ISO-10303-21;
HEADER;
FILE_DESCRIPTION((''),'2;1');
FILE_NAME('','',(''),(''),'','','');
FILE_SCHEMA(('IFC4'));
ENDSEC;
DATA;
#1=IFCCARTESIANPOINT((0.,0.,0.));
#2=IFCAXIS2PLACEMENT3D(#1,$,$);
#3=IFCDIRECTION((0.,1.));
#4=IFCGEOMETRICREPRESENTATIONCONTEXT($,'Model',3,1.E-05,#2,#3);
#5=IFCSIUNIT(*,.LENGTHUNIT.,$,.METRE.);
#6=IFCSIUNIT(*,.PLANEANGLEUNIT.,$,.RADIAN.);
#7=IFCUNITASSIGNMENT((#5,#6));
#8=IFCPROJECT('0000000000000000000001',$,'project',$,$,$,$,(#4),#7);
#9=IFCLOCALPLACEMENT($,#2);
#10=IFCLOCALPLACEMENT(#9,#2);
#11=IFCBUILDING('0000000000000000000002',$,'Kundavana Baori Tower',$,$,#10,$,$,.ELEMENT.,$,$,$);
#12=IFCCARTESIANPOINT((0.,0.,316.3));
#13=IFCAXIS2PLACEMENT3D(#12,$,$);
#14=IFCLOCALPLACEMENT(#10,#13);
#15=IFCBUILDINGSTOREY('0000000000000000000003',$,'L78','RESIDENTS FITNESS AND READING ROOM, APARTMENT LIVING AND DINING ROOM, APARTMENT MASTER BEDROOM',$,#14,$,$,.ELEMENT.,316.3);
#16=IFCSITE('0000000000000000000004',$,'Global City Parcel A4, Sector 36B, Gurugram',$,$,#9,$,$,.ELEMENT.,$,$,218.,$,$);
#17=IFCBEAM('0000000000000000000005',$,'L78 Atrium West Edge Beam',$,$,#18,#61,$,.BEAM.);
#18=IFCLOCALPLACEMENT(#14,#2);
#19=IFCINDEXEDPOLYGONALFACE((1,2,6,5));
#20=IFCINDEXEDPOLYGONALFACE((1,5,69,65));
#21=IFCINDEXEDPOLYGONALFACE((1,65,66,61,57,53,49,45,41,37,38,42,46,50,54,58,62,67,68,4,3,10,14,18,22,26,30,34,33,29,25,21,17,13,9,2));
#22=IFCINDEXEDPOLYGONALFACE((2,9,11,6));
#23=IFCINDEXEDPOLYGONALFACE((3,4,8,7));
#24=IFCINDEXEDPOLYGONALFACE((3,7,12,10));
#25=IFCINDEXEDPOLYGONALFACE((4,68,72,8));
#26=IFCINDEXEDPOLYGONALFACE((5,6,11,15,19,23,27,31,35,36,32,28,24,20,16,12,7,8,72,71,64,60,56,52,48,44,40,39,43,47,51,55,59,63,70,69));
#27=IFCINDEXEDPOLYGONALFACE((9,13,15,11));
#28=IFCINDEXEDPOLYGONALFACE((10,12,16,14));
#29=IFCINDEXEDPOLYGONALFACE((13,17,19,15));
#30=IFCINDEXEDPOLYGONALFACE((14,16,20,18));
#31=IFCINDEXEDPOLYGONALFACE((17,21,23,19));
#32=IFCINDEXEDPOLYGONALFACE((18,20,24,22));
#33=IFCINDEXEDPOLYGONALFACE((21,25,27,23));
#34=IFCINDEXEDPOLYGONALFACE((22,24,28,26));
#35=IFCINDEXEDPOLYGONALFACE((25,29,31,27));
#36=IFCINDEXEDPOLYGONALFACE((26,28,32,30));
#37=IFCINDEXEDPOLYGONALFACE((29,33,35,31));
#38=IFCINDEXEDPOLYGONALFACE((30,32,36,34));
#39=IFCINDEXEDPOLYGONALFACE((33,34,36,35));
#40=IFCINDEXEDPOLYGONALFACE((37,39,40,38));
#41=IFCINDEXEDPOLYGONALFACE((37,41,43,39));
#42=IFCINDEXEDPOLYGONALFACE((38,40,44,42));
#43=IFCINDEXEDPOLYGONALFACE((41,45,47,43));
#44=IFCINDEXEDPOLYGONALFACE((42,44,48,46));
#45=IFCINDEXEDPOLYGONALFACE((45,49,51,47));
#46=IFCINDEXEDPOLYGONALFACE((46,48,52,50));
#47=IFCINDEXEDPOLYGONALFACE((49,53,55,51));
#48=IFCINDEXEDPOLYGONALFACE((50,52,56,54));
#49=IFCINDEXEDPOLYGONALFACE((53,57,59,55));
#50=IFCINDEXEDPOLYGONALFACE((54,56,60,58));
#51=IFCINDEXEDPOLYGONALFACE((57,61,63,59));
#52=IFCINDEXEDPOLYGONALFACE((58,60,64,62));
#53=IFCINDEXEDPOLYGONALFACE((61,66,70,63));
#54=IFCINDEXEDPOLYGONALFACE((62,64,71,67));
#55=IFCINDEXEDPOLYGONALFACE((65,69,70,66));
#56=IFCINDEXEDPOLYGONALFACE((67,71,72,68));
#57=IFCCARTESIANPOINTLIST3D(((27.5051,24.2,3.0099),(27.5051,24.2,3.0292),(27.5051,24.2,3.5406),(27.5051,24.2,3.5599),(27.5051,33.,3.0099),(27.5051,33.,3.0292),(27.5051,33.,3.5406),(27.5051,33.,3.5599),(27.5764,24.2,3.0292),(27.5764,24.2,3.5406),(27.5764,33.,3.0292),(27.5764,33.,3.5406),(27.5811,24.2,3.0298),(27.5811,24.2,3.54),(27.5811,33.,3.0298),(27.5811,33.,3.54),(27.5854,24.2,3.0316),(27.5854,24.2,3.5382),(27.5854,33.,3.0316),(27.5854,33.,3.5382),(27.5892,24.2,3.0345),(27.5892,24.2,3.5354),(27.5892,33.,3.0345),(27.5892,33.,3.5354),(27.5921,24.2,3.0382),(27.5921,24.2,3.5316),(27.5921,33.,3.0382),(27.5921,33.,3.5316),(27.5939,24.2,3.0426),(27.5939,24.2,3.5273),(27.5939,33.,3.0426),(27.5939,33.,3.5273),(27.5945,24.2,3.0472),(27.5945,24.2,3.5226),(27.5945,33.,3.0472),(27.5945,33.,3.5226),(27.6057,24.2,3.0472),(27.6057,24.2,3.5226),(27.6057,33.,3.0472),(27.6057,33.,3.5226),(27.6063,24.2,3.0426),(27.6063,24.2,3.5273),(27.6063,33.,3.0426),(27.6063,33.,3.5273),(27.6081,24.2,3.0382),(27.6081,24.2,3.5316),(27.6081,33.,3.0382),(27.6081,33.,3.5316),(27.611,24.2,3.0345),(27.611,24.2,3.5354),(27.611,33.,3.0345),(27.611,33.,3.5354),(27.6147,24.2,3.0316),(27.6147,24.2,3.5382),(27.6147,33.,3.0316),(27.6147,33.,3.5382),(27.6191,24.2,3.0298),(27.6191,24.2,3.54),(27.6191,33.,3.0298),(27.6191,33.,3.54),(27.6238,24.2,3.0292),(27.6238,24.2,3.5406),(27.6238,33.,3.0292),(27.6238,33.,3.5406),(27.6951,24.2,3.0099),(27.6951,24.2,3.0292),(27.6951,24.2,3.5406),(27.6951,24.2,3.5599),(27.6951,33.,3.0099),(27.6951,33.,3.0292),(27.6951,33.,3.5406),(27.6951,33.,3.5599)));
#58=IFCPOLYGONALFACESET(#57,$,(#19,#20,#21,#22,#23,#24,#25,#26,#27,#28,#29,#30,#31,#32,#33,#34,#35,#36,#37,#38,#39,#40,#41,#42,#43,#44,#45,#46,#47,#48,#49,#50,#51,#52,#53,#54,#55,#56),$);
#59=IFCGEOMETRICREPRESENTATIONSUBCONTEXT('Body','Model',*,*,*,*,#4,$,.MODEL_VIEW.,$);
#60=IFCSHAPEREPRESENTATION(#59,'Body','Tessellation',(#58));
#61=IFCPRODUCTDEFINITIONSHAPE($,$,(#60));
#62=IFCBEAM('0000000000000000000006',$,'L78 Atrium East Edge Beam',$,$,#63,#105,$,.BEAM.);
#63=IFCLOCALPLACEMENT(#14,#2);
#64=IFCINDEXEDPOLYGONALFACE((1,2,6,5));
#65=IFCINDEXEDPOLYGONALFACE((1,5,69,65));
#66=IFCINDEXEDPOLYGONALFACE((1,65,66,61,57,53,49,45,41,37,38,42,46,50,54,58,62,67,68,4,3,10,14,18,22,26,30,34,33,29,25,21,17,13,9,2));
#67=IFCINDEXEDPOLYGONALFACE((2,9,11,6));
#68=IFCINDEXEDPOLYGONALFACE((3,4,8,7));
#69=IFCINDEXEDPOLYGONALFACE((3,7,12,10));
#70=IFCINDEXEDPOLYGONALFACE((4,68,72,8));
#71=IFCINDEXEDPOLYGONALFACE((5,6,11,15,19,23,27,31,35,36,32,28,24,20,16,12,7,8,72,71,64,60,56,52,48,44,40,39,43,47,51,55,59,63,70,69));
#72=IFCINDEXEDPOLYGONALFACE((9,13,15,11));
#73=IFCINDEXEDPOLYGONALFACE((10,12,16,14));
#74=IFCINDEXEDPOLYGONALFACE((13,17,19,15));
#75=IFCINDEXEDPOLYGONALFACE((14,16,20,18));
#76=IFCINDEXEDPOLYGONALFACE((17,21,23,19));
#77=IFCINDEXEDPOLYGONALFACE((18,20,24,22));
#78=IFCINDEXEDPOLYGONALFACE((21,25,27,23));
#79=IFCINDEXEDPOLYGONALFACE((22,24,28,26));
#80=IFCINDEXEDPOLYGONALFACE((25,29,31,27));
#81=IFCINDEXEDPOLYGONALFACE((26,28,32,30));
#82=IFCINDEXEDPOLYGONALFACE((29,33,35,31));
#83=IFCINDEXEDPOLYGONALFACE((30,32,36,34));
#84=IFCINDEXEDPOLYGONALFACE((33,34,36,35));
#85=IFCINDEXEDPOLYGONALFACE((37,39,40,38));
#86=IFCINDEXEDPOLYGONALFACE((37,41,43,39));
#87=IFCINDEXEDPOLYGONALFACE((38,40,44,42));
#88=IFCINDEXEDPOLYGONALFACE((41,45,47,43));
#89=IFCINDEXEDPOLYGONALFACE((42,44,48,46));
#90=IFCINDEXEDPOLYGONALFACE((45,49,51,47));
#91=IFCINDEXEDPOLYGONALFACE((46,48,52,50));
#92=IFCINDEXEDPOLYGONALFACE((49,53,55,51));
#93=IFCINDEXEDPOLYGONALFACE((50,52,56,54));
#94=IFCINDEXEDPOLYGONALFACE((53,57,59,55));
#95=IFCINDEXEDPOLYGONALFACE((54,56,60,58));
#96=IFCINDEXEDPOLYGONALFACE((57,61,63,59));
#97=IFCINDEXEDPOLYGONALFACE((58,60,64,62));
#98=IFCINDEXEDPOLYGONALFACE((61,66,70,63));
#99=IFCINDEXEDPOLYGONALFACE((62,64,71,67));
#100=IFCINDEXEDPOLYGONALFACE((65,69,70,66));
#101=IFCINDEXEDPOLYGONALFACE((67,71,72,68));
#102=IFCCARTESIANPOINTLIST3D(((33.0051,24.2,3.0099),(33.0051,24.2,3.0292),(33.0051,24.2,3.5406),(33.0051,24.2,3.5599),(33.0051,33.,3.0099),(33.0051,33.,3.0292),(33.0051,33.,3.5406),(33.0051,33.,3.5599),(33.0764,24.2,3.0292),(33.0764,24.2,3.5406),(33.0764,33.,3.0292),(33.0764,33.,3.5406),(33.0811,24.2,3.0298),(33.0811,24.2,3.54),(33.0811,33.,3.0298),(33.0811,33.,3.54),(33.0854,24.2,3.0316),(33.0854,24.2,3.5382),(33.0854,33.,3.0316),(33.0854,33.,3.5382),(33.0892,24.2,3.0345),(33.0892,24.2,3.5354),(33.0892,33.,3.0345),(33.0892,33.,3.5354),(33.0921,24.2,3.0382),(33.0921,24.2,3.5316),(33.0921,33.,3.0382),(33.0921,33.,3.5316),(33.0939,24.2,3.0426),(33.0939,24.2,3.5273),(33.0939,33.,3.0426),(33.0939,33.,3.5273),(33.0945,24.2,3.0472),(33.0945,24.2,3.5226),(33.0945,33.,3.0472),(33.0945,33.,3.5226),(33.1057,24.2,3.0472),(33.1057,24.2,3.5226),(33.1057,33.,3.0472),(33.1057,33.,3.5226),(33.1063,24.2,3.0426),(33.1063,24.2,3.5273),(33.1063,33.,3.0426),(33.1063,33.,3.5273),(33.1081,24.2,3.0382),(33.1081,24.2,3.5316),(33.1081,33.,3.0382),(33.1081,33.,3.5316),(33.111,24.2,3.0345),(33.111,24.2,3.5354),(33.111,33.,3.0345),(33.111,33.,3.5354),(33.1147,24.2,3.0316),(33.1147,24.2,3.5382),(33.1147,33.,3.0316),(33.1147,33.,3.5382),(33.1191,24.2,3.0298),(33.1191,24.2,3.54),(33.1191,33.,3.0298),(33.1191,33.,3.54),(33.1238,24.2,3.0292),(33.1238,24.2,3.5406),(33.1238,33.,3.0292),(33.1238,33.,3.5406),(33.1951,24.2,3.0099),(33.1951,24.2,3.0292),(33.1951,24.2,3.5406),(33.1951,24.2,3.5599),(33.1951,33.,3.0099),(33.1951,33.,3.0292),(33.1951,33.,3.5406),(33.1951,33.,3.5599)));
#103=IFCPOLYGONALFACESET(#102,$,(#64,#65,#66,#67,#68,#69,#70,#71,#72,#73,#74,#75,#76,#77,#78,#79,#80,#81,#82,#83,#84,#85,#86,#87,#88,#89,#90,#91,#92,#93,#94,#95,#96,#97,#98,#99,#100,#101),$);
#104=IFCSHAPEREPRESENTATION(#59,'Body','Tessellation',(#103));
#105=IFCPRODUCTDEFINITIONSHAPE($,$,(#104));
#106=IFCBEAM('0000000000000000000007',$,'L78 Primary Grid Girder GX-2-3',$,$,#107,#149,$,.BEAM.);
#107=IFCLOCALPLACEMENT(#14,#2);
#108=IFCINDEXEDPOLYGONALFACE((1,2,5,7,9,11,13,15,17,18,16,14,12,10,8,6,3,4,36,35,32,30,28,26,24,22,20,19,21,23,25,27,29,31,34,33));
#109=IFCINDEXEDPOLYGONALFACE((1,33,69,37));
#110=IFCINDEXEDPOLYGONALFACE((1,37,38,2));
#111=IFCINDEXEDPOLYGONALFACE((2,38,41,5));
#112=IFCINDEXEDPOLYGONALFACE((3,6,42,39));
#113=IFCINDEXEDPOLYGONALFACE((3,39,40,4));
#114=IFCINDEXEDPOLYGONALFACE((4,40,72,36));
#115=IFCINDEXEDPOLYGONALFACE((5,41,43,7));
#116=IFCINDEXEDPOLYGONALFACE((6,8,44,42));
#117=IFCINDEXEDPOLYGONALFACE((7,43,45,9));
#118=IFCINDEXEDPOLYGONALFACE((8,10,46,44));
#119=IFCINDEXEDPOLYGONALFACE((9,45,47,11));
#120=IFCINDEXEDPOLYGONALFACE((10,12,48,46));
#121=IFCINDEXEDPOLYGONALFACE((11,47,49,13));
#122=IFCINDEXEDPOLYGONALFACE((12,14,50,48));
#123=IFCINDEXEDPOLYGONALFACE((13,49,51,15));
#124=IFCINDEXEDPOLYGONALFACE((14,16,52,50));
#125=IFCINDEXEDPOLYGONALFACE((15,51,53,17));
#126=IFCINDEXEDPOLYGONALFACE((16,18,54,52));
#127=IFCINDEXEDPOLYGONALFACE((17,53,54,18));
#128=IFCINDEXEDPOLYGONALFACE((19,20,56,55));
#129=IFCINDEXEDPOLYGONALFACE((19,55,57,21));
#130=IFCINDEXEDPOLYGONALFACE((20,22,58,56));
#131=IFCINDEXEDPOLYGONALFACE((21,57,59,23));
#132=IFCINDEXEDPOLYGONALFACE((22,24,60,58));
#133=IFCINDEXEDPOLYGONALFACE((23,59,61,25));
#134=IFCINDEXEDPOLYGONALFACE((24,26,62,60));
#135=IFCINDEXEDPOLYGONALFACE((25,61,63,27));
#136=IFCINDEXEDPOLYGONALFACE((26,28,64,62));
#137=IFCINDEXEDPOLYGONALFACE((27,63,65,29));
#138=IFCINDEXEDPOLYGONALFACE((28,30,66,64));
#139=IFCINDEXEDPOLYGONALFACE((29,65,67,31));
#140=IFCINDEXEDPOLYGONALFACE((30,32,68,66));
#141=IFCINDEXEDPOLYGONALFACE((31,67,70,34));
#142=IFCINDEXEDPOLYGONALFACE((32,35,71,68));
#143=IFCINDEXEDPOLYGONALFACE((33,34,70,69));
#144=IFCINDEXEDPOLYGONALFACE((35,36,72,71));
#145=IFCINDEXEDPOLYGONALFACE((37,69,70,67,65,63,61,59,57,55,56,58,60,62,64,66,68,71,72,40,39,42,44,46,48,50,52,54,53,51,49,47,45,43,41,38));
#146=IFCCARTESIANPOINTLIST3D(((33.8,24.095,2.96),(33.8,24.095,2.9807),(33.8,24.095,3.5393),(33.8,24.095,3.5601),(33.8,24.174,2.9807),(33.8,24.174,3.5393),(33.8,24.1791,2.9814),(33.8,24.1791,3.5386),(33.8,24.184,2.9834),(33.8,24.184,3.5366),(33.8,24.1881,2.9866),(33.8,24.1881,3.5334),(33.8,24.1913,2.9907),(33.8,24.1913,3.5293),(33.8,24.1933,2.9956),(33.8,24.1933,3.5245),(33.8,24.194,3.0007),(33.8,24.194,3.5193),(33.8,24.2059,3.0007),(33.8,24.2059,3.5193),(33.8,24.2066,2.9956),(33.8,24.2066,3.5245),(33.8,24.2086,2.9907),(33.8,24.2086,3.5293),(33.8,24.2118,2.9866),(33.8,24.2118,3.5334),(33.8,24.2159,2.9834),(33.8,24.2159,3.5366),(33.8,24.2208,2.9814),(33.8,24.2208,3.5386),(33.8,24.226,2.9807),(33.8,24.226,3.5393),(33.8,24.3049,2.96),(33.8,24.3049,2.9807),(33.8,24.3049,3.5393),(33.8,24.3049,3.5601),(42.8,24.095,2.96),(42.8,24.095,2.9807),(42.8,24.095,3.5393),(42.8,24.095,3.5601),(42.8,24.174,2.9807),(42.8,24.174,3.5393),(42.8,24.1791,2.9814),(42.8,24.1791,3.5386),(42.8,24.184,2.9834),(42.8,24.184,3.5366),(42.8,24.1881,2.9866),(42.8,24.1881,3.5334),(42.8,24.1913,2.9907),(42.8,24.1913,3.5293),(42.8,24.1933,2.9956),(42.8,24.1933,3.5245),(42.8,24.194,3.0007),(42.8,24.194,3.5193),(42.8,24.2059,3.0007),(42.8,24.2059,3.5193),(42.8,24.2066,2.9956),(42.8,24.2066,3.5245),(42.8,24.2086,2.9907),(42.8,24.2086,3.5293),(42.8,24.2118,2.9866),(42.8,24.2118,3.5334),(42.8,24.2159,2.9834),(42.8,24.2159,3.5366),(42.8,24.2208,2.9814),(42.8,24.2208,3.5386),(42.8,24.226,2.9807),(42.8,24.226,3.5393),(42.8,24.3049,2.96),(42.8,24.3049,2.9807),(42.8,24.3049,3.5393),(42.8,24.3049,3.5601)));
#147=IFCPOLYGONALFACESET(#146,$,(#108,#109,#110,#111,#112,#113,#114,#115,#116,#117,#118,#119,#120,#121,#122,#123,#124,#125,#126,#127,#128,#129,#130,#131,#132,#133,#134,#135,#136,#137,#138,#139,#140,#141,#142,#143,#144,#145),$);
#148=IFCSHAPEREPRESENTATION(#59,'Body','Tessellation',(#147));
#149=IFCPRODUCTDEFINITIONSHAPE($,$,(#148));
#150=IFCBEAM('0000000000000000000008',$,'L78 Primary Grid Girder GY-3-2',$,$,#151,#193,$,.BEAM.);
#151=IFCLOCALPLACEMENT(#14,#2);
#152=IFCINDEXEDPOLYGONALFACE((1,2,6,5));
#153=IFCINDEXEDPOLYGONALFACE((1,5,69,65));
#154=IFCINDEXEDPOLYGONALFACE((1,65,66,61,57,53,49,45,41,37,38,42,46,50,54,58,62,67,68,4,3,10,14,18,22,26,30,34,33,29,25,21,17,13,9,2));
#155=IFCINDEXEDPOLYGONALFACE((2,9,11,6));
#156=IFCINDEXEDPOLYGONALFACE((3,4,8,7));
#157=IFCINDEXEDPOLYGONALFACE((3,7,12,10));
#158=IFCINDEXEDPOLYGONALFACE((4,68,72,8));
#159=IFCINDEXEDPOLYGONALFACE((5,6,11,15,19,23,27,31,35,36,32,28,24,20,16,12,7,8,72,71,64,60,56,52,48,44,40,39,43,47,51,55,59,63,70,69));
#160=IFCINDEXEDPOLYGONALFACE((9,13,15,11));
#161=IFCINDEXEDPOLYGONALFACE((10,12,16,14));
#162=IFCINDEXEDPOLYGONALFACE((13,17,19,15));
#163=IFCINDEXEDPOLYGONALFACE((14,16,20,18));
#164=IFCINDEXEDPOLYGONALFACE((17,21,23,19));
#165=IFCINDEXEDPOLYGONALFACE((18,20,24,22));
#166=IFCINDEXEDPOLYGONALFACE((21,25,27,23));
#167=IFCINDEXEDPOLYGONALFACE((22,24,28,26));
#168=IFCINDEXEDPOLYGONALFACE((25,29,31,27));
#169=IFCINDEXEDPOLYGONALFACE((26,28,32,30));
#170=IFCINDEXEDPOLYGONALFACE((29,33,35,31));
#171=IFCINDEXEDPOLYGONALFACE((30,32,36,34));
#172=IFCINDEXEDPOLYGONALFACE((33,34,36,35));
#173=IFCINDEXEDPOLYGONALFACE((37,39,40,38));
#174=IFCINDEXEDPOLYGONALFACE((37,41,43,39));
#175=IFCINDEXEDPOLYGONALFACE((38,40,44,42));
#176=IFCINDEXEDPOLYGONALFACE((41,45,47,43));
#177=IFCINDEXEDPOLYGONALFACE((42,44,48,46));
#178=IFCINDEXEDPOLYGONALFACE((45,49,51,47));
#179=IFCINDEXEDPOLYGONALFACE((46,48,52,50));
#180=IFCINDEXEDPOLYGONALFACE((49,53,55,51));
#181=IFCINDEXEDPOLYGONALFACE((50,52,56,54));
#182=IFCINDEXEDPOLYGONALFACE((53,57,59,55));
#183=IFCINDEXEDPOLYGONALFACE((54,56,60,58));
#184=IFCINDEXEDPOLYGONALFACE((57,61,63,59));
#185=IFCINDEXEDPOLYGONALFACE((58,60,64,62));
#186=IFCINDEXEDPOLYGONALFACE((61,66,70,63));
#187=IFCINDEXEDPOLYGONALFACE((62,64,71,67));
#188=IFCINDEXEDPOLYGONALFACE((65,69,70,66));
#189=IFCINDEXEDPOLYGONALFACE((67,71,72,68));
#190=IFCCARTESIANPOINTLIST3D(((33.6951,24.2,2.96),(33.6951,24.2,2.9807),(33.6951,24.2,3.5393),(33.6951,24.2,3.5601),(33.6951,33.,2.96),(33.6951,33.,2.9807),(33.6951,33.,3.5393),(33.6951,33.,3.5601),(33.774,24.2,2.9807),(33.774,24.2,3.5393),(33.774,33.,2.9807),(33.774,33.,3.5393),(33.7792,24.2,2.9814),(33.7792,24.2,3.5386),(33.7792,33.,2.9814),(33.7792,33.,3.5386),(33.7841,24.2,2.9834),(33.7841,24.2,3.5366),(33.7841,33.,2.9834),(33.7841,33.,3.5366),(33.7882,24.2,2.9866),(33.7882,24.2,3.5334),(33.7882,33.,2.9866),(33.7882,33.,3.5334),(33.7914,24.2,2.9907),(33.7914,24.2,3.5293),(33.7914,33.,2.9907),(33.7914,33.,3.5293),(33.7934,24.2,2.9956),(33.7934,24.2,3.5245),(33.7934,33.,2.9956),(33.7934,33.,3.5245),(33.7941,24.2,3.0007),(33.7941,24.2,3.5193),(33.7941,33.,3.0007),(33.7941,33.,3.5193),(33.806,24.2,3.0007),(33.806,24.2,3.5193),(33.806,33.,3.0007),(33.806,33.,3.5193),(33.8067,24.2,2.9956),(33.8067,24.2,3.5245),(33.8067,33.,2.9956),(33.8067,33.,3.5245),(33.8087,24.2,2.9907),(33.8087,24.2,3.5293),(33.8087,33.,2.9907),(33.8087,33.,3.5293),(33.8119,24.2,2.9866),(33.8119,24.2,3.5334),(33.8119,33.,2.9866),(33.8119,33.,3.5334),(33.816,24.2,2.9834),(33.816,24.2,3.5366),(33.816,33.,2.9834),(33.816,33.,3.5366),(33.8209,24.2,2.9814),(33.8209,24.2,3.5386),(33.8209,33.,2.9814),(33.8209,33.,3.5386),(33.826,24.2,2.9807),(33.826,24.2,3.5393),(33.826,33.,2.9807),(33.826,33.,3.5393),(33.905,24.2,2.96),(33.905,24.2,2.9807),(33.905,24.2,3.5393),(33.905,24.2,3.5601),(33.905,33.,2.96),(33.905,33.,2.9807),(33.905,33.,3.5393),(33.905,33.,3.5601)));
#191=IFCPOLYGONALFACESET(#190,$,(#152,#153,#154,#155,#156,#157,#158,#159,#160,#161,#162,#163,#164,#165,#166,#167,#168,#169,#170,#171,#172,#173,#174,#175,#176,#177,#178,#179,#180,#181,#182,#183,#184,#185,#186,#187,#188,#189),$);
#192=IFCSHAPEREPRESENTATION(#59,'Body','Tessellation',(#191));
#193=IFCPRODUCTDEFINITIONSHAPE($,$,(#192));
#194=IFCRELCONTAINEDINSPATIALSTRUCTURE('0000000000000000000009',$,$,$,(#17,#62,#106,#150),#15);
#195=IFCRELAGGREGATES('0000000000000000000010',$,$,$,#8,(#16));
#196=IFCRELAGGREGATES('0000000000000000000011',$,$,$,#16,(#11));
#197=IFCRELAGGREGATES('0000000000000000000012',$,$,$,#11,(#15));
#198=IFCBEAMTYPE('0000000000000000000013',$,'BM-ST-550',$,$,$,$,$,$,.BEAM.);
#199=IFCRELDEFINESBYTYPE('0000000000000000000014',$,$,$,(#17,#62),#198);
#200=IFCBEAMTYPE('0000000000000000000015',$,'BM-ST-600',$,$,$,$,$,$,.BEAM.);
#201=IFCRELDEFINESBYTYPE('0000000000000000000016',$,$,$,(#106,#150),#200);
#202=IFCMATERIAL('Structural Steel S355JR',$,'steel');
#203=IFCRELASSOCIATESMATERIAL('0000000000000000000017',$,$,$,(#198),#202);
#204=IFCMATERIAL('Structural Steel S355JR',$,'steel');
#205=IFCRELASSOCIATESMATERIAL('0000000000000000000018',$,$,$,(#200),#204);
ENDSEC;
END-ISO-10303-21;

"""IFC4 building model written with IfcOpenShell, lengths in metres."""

from ifc_helpers import new_model, si_unit, direction, frame, origin, origin_2d, place, context, subcontext, project, spatial, i_section, extrude, material, material_profile, profile_set, type_object, element, save


model = new_model("IFC4")

# Units and contexts
model_context = context("Model", 3, precision=1e-05, world=origin(), true_north=direction((0.0, 1.0)))
body_context = subcontext(model_context, "Body", "Model", "MODEL_VIEW")
ifc_project = project(units=[si_unit("LENGTHUNIT", "METRE"), si_unit("PLANEANGLEUNIT", "RADIAN")], contexts=[model_context])

# Site, building, storey
site_placement = place(None, origin())
site = spatial("IfcSite", under=ifc_project, at=site_placement, Name="Global City Parcel A4, Sector 36B, Gurugram", CompositionType="ELEMENT", RefElevation=218.0)
building_placement = place(site_placement, origin())
building = spatial("IfcBuilding", under=site, at=building_placement, Name="Kundavana Baori Tower", CompositionType="ELEMENT")
storey_placement = place(building_placement, frame((0.0, 0.0, 316.3)))
storey = spatial("IfcBuildingStorey", under=building, at=storey_placement, Name="L78", Description="RESIDENTS FITNESS AND READING ROOM, APARTMENT LIVING AND DINING ROOM, APARTMENT MASTER BEDROOM", CompositionType="ELEMENT", Elevation=316.3)

# Beams
ifc_material_1 = material(Name="Structural Steel S355JR", Category="steel")
ifc_material_profile_1 = material_profile(ifc_material_1, i_section(OverallWidth=0.1899, OverallDepth=0.55, WebThickness=0.0112, FlangeThickness=0.0193, FilletRadius=0.0181, at=origin_2d()), Name="ISMB 550")
ifc_profile_set_1 = profile_set([ifc_material_profile_1], Name="Structural Steel S355JR")
beam_type_1 = type_object("IfcBeamType", Name="BM-ST-550", PredefinedType="BEAM", material=ifc_profile_set_1)
for number, where, z_axis, x_axis, name in (
    (1, (27.6001, 24.2, 3.2849), (0.0, 1.0, 0.0), (-1.0, 0.0, 0.0), "L78 Atrium West Edge Beam"),
    (2, (33.1001, 24.2, 3.2849), (0.0, 1.0, 0.0), (-1.0, 0.0, 0.0), "L78 Atrium East Edge Beam"),
):
    element("IfcBeam", number, at=place(storey_placement, frame(where, z_axis=z_axis, x_axis=x_axis)), inside=storey, type_object=beam_type_1, Name=name, PredefinedType="BEAM", context=body_context, shape_type="SweptSolid", body=[
        extrude(i_section(OverallWidth=0.1899, OverallDepth=0.55, WebThickness=0.0112, FlangeThickness=0.0193, FilletRadius=0.0181, at=origin_2d()), origin(), (0.0, 0.0, 1.0), 8.8),
    ])
ifc_material_2 = material(Name="Structural Steel S355JR", Category="steel")
ifc_material_profile_2 = material_profile(ifc_material_2, i_section(OverallWidth=0.21, OverallDepth=0.6001, WebThickness=0.012, FlangeThickness=0.0208, FilletRadius=0.02, at=origin_2d()), Name="ISMB 600")
ifc_profile_set_2 = profile_set([ifc_material_profile_2], Name="Structural Steel S355JR")
beam_type_2 = type_object("IfcBeamType", Name="BM-ST-600", PredefinedType="BEAM", material=ifc_profile_set_2)
beam_1_placement = place(storey_placement, frame((33.8, 24.2, 3.26), z_axis=(1.0, 0.0, 0.0), x_axis=(0.0, 1.0, 0.0)))
element("IfcBeam", 3, at=beam_1_placement, inside=storey, type_object=beam_type_2, Name="L78 Primary Grid Girder GX-2-3", PredefinedType="BEAM", context=body_context, shape_type="SweptSolid", body=[
    extrude(i_section(OverallWidth=0.21, OverallDepth=0.6001, WebThickness=0.012, FlangeThickness=0.0208, FilletRadius=0.02, at=origin_2d()), origin(), (0.0, 0.0, 1.0), 9.0),
])
beam_2_placement = place(storey_placement, frame((33.8, 24.2, 3.26), z_axis=(0.0, 1.0, 0.0), x_axis=(-1.0, 0.0, 0.0)))
element("IfcBeam", 4, at=beam_2_placement, inside=storey, type_object=beam_type_2, Name="L78 Primary Grid Girder GY-3-2", PredefinedType="BEAM", context=body_context, shape_type="SweptSolid", body=[
    extrude(i_section(OverallWidth=0.21, OverallDepth=0.6001, WebThickness=0.012, FlangeThickness=0.0208, FilletRadius=0.02, at=origin_2d()), origin(), (0.0, 0.0, 1.0), 8.8),
])

save(model, "model.ifc")
